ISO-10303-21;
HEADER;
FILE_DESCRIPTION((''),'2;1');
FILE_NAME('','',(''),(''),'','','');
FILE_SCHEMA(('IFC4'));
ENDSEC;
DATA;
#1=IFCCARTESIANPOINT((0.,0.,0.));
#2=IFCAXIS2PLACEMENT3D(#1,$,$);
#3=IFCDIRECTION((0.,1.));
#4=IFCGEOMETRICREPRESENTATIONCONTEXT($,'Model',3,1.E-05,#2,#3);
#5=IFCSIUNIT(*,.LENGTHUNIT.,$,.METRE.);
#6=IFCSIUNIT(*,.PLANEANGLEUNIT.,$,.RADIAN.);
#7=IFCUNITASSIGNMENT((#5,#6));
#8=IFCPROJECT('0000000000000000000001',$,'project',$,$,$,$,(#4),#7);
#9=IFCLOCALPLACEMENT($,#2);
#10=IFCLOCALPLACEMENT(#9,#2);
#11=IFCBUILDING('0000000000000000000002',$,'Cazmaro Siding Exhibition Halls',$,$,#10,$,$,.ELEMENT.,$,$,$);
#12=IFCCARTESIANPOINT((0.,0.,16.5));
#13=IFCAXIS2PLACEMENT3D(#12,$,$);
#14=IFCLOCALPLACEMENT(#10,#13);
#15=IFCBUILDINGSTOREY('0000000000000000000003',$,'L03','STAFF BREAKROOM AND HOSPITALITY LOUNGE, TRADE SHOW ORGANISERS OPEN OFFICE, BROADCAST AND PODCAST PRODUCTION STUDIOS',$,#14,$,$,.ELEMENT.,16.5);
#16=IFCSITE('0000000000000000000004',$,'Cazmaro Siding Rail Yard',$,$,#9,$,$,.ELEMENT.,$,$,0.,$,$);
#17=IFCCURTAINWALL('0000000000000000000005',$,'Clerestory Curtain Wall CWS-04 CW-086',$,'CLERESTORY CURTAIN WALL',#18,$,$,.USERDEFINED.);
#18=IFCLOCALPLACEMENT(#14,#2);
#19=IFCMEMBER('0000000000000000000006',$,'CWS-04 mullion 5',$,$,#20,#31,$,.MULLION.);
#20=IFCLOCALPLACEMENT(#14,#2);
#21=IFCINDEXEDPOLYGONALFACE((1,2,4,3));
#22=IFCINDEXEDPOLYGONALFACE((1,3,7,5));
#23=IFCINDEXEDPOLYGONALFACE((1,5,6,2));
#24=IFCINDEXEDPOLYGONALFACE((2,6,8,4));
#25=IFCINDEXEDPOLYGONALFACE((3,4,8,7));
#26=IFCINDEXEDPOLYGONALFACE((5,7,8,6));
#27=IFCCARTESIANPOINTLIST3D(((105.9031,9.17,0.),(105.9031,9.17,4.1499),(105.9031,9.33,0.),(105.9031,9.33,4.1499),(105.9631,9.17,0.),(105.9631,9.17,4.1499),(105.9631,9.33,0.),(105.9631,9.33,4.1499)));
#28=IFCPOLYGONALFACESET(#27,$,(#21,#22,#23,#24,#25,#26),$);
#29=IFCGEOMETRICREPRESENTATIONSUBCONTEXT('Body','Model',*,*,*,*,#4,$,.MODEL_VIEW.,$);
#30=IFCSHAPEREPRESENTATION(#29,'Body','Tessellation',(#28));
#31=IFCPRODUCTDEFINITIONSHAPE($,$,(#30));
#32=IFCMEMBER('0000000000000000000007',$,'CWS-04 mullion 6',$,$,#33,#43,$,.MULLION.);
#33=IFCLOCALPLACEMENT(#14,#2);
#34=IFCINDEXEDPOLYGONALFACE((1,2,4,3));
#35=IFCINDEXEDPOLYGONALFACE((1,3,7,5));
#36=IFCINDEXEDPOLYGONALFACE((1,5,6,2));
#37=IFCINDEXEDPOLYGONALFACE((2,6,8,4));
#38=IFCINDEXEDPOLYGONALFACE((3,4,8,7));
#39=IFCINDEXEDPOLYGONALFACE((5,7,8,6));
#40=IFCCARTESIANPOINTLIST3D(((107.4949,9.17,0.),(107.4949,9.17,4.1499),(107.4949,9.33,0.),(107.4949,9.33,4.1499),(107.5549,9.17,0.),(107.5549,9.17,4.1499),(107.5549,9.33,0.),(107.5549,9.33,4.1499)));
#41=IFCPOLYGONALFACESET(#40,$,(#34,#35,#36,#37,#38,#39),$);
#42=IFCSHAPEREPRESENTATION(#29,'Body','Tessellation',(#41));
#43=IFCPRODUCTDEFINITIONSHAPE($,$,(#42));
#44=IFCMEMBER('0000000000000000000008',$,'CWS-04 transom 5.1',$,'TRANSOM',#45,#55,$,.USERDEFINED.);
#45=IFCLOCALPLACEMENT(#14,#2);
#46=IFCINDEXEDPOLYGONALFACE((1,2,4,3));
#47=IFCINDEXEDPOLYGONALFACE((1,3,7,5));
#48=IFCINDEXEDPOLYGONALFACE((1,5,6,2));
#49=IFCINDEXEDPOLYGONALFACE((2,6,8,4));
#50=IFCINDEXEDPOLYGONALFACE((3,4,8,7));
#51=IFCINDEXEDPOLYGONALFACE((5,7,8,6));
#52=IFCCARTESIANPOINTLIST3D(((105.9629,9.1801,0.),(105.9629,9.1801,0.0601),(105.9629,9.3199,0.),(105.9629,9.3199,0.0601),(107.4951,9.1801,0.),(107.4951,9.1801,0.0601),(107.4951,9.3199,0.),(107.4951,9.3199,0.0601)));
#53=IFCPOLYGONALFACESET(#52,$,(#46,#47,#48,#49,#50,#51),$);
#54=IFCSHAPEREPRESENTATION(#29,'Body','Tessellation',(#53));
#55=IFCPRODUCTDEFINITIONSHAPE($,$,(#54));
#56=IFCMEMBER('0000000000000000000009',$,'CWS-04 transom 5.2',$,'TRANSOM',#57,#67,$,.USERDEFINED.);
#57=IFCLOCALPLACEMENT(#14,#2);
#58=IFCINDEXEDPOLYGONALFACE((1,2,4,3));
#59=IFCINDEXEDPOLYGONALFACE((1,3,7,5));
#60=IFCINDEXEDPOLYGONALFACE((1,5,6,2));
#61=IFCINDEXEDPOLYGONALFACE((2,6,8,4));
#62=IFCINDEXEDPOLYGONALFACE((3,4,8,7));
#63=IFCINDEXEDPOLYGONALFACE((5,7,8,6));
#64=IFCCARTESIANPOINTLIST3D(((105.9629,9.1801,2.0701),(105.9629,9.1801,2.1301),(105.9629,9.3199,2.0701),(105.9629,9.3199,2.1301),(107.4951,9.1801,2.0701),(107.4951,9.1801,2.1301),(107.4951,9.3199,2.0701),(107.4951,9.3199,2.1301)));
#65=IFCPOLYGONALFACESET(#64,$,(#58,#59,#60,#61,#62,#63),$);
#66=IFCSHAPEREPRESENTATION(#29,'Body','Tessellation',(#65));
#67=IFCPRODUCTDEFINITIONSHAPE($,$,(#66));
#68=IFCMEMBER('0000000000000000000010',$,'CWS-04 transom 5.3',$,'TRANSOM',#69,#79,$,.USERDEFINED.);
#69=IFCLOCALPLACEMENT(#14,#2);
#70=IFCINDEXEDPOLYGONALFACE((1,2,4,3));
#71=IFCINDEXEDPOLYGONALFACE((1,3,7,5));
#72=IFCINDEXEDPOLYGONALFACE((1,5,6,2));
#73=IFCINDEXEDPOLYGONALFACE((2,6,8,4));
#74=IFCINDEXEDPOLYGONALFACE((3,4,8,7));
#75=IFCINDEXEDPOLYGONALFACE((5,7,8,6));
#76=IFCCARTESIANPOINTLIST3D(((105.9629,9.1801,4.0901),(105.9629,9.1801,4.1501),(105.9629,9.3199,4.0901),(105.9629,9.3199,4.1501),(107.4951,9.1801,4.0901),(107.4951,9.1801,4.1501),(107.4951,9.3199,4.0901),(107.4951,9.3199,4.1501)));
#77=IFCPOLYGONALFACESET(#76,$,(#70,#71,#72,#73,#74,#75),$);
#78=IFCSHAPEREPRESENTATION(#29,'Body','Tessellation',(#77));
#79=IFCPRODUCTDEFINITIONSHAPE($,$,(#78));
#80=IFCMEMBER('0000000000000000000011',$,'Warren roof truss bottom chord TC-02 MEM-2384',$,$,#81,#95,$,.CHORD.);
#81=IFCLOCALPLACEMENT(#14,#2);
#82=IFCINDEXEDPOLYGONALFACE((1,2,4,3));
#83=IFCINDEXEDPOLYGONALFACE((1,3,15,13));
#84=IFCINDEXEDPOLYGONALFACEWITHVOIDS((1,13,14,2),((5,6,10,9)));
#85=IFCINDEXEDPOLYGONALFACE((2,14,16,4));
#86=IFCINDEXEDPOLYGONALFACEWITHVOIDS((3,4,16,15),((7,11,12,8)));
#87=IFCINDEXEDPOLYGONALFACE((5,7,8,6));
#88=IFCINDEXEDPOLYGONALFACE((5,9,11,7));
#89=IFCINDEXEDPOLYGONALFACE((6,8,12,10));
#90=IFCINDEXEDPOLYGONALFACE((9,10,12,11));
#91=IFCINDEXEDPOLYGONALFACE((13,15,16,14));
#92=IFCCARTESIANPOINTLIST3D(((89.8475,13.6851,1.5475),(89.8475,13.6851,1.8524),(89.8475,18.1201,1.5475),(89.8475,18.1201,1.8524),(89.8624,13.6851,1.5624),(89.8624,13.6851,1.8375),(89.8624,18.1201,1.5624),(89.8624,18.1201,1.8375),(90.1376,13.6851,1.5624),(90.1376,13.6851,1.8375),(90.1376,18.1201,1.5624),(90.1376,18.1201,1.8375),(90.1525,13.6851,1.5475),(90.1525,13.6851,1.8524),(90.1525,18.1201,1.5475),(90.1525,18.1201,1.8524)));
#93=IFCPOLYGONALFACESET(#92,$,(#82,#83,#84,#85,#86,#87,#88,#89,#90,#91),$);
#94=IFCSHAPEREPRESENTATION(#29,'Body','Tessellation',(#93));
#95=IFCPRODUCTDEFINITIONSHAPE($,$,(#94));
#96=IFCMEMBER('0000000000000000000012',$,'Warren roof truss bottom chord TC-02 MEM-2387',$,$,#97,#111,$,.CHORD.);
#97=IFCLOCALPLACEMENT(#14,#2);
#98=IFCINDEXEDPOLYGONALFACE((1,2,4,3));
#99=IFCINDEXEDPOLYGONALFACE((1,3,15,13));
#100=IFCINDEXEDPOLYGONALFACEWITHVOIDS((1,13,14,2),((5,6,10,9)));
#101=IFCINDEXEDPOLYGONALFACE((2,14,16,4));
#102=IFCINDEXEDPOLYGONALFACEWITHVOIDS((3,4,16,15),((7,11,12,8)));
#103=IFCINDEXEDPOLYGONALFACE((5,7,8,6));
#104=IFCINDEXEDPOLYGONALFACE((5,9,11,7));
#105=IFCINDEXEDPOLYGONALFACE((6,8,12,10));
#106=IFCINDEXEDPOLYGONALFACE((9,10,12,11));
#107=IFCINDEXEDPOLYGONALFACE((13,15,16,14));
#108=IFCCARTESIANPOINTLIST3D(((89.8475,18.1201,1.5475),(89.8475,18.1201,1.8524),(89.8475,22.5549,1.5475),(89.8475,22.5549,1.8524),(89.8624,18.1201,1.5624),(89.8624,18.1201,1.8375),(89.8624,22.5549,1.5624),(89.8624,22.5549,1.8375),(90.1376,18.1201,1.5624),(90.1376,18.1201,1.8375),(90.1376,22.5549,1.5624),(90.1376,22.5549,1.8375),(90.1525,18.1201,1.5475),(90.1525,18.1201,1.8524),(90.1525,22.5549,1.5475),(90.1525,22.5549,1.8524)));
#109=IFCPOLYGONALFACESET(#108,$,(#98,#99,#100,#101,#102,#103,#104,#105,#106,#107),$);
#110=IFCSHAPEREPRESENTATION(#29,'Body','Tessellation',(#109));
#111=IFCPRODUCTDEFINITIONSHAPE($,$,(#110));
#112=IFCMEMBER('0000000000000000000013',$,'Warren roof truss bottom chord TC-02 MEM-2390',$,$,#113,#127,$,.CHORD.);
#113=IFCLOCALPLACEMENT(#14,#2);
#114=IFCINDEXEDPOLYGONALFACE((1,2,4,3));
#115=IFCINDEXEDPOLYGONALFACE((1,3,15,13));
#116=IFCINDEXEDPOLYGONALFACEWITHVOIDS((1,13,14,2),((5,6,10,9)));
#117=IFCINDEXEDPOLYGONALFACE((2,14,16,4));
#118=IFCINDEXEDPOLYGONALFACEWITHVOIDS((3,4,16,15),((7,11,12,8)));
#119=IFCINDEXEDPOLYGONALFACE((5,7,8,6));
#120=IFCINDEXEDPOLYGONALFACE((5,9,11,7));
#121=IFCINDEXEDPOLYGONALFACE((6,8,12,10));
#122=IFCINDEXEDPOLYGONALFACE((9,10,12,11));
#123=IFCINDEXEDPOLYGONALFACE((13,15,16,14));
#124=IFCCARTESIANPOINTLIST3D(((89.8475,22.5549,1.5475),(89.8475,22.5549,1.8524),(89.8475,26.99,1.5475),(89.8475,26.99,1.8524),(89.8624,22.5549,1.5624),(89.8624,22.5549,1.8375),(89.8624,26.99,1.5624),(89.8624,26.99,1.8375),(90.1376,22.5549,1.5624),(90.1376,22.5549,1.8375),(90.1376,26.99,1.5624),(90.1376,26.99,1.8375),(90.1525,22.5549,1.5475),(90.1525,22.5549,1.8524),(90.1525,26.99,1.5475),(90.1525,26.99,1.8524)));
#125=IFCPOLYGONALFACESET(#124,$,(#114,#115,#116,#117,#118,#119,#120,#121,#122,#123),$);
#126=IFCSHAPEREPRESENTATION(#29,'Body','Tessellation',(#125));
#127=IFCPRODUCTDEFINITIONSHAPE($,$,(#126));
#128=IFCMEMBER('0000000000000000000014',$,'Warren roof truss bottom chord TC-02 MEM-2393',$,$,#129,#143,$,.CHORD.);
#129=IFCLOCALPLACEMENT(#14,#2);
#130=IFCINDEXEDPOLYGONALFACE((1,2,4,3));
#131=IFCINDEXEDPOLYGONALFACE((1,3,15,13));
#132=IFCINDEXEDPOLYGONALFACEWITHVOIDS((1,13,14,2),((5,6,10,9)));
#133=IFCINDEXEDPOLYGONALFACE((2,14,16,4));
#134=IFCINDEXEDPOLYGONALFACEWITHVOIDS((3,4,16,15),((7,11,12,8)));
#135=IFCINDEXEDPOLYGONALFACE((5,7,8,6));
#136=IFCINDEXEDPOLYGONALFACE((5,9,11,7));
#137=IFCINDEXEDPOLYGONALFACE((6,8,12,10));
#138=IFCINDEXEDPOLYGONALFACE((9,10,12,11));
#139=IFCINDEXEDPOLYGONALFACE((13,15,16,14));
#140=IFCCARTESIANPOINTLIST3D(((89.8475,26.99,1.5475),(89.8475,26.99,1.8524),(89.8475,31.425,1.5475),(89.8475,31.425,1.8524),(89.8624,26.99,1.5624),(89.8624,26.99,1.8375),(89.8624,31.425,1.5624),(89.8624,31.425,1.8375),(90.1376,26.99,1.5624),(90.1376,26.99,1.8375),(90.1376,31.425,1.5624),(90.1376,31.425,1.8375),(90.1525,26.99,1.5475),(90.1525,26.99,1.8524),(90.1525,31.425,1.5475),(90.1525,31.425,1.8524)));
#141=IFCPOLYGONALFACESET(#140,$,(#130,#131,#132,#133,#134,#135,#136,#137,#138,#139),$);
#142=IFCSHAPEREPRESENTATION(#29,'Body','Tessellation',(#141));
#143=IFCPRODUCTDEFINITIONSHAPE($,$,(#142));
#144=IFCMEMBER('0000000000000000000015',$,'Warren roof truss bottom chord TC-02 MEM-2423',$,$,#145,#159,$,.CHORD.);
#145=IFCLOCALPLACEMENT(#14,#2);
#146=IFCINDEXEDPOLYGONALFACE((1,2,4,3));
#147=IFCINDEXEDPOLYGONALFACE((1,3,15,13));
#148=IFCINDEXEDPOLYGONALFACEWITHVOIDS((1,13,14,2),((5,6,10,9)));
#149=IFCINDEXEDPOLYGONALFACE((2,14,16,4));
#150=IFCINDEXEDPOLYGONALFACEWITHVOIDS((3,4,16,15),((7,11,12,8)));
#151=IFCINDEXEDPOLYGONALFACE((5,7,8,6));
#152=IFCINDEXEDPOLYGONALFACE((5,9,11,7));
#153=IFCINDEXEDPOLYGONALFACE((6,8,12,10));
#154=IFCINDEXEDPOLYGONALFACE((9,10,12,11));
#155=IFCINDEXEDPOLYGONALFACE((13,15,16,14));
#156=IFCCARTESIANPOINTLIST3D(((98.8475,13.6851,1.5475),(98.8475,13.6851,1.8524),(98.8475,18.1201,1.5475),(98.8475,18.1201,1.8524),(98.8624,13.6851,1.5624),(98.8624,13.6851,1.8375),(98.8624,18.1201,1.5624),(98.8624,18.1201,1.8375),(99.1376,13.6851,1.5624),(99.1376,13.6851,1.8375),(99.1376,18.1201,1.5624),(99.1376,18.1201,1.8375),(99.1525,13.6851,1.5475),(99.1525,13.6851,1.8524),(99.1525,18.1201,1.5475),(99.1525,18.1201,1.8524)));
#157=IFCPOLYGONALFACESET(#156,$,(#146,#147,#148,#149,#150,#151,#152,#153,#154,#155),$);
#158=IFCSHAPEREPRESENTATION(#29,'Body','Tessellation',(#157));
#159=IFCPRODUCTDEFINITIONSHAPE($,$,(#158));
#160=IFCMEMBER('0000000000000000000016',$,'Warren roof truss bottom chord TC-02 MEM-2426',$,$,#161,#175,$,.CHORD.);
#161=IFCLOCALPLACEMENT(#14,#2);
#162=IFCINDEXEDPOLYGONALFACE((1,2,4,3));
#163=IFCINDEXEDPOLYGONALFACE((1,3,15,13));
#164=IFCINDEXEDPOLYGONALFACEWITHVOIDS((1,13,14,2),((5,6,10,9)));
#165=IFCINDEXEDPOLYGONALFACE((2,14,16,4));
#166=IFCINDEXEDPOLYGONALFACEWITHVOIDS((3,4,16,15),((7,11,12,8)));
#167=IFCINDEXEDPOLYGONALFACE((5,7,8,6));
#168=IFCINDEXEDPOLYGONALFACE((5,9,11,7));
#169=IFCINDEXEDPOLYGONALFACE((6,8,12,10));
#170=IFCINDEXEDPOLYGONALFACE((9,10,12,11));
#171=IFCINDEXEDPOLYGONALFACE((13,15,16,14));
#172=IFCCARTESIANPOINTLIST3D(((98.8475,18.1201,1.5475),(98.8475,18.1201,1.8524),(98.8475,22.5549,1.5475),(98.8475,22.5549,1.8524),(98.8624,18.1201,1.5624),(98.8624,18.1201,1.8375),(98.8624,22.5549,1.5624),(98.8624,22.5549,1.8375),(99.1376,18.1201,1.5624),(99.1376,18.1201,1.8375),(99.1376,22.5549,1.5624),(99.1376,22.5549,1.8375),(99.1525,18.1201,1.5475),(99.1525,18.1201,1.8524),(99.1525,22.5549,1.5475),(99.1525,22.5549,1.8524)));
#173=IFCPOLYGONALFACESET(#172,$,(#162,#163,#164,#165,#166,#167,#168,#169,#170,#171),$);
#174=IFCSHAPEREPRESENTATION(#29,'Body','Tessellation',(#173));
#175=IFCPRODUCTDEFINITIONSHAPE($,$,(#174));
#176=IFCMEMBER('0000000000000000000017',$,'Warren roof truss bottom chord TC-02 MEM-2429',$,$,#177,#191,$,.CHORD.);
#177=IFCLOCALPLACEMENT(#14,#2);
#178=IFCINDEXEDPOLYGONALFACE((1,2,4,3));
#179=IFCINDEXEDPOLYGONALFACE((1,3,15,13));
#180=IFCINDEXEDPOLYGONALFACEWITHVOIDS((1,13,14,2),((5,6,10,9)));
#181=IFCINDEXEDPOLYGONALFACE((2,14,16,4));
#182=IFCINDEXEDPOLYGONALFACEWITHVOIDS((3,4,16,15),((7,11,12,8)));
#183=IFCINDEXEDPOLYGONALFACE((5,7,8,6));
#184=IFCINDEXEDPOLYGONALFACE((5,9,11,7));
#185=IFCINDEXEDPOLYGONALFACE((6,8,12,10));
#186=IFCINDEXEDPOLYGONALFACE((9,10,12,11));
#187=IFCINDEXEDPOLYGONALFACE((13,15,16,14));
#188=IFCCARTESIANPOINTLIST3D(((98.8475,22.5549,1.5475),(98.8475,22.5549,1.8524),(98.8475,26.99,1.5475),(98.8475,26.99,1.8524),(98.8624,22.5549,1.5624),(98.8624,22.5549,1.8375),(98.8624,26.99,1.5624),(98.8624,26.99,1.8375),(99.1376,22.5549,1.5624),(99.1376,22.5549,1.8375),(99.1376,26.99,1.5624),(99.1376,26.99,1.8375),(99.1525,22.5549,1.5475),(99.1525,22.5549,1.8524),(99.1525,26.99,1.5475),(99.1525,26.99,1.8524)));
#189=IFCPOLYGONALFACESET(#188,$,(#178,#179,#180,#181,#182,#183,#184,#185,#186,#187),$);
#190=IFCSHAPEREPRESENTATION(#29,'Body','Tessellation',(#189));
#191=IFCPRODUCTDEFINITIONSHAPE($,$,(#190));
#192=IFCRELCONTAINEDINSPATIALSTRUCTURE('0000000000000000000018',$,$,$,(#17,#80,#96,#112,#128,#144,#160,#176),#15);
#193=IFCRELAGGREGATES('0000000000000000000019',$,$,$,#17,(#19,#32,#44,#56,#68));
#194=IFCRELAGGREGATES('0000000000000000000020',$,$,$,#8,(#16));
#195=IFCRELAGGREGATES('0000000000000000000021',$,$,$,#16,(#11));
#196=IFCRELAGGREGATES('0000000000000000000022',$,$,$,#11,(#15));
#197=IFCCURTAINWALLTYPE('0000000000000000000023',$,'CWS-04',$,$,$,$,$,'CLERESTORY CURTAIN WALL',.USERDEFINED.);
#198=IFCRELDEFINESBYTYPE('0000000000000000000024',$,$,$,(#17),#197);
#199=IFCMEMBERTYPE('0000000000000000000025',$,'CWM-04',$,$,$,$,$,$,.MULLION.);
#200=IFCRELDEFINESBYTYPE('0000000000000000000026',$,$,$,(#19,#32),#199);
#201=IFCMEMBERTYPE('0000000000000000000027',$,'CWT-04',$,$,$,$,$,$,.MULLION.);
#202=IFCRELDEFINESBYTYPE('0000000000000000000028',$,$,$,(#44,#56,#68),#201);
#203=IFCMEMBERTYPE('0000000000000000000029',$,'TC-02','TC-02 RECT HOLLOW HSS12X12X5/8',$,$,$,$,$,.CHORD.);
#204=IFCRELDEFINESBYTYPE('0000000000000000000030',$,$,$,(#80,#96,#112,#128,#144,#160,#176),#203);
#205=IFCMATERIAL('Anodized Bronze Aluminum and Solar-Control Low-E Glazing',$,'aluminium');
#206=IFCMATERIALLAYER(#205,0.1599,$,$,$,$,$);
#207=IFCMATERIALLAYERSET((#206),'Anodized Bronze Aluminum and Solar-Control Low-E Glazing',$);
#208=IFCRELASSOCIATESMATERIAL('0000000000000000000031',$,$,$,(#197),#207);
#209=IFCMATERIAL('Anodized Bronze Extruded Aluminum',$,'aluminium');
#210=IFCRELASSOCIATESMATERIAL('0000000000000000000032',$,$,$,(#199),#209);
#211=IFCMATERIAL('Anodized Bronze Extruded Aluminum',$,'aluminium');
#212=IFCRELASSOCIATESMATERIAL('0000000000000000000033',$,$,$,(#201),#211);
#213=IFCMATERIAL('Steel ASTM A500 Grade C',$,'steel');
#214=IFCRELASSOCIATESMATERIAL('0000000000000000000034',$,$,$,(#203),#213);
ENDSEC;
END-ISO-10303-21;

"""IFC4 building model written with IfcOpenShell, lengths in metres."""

from ifc_helpers import new_model, si_unit, direction, frame, origin, origin_2d, place, context, subcontext, project, spatial, rectangle, hollow_rectangle, extrude, material, layer, layer_set, material_profile, profile_set, type_object, element, aggregate, save


model = new_model("IFC4")

# Units and contexts
model_context = context("Model", 3, precision=1e-05, world=origin(), true_north=direction((0.0, 1.0)))
body_context = subcontext(model_context, "Body", "Model", "MODEL_VIEW")
ifc_project = project(units=[si_unit("LENGTHUNIT", "METRE"), si_unit("PLANEANGLEUNIT", "RADIAN")], contexts=[model_context])

# Site, building, storey
site_placement = place(None, origin())
site = spatial("IfcSite", under=ifc_project, at=site_placement, Name="Cazmaro Siding Rail Yard", CompositionType="ELEMENT", RefElevation=0.0)
building_placement = place(site_placement, origin())
building = spatial("IfcBuilding", under=site, at=building_placement, Name="Cazmaro Siding Exhibition Halls", CompositionType="ELEMENT")
storey_placement = place(building_placement, frame((0.0, 0.0, 16.5)))
storey = spatial("IfcBuildingStorey", under=building, at=storey_placement, Name="L03", Description="STAFF BREAKROOM AND HOSPITALITY LOUNGE, TRADE SHOW ORGANISERS OPEN OFFICE, BROADCAST AND PODCAST PRODUCTION STUDIOS", CompositionType="ELEMENT", Elevation=16.5)

# Curtain wall, members
ifc_material_1 = material(Name="Anodized Bronze Aluminum and Solar-Control Low-E Glazing", Category="aluminium")
ifc_layer_1 = layer(ifc_material_1, 0.1599)
ifc_layer_set_1 = layer_set([ifc_layer_1], Name="Anodized Bronze Aluminum and Solar-Control Low-E Glazing")
curtain_wall_type = type_object("IfcCurtainWallType", Name="CWS-04", ElementType="CLERESTORY CURTAIN WALL", PredefinedType="USERDEFINED", material=ifc_layer_set_1)
curtain_wall_placement = place(storey_placement, origin())
curtain_wall = element("IfcCurtainWall", 1, at=curtain_wall_placement, inside=storey, type_object=curtain_wall_type, Name="Clerestory Curtain Wall CWS-04 CW-086", ObjectType="CLERESTORY CURTAIN WALL", PredefinedType="USERDEFINED")
ifc_material_2 = material(Name="Anodized Bronze Extruded Aluminum", Category="aluminium")
ifc_material_profile_1 = material_profile(ifc_material_2, rectangle(XDim=0.1599, YDim=0.0601, at=origin_2d()), Name="CWM-04")
ifc_profile_set_1 = profile_set([ifc_material_profile_1], Name="Anodized Bronze Extruded Aluminum")
member_type_1 = type_object("IfcMemberType", Name="CWM-04", PredefinedType="MULLION", material=ifc_profile_set_1)
member_1_placement = place(storey_placement, frame((105.9331, 9.25, 0.0), z_axis=(0.0, 0.0, 1.0), x_axis=(0.0, 1.0, 0.0)))
member_1 = element("IfcMember", 2, at=member_1_placement, type_object=member_type_1, Name="CWS-04 mullion 5", PredefinedType="MULLION", context=body_context, shape_type="SweptSolid", body=[
    extrude(rectangle(XDim=0.1599, YDim=0.0601, at=origin_2d()), origin(), (0.0, 0.0, 1.0), 4.1499),
])
member_2_placement = place(storey_placement, frame((107.5249, 9.25, 0.0), z_axis=(0.0, 0.0, 1.0), x_axis=(0.0, 1.0, 0.0)))
member_2 = element("IfcMember", 3, at=member_2_placement, type_object=member_type_1, Name="CWS-04 mullion 6", PredefinedType="MULLION", context=body_context, shape_type="SweptSolid", body=[
    extrude(rectangle(XDim=0.1599, YDim=0.0601, at=origin_2d()), origin(), (0.0, 0.0, 1.0), 4.1499),
])
ifc_material_3 = material(Name="Anodized Bronze Extruded Aluminum", Category="aluminium")
ifc_material_profile_2 = material_profile(ifc_material_3, rectangle(XDim=0.1399, YDim=0.0601, at=origin_2d()), Name="CWT-04")
ifc_profile_set_2 = profile_set([ifc_material_profile_2], Name="Anodized Bronze Extruded Aluminum")
member_type_2 = type_object("IfcMemberType", Name="CWT-04", PredefinedType="MULLION", material=ifc_profile_set_2)
member_3_placement = place(storey_placement, frame((105.9629, 9.25, 0.03), z_axis=(1.0, 0.0, 0.0), x_axis=(0.0, 1.0, 0.0)))
member_3 = element("IfcMember", 4, at=member_3_placement, type_object=member_type_2, Name="CWS-04 transom 5.1", ObjectType="TRANSOM", PredefinedType="USERDEFINED", context=body_context, shape_type="SweptSolid", body=[
    extrude(rectangle(XDim=0.1399, YDim=0.0601, at=origin_2d()), origin(), (0.0, 0.0, 1.0), 1.5322),
])
member_4_placement = place(storey_placement, frame((105.9629, 9.25, 2.1001), z_axis=(1.0, 0.0, 0.0), x_axis=(0.0, 1.0, 0.0)))
member_4 = element("IfcMember", 5, at=member_4_placement, type_object=member_type_2, Name="CWS-04 transom 5.2", ObjectType="TRANSOM", PredefinedType="USERDEFINED", context=body_context, shape_type="SweptSolid", body=[
    extrude(rectangle(XDim=0.1399, YDim=0.0601, at=origin_2d()), origin(), (0.0, 0.0, 1.0), 1.5322),
])
member_5_placement = place(storey_placement, frame((105.9629, 9.25, 4.1201), z_axis=(1.0, 0.0, 0.0), x_axis=(0.0, 1.0, 0.0)))
member_5 = element("IfcMember", 6, at=member_5_placement, type_object=member_type_2, Name="CWS-04 transom 5.3", ObjectType="TRANSOM", PredefinedType="USERDEFINED", context=body_context, shape_type="SweptSolid", body=[
    extrude(rectangle(XDim=0.1399, YDim=0.0601, at=origin_2d()), origin(), (0.0, 0.0, 1.0), 1.5322),
])

# Members
ifc_material_4 = material(Name="Steel ASTM A500 Grade C", Category="steel")
ifc_material_profile_3 = material_profile(ifc_material_4, hollow_rectangle(XDim=0.3049, YDim=0.3049, WallThickness=0.0149, at=origin_2d()), Name="HSS12X12X5/8")
ifc_profile_set_3 = profile_set([ifc_material_profile_3], Name="Steel ASTM A500 Grade C")
member_type_3 = type_object("IfcMemberType", Name="TC-02", Description="TC-02 RECT HOLLOW HSS12X12X5/8", PredefinedType="CHORD", material=ifc_profile_set_3)
member_6_placement = place(storey_placement, frame((90.0, 13.6851, 1.7), z_axis=(0.0, 1.0, 0.0), x_axis=(-1.0, 0.0, 0.0)))
element("IfcMember", 7, at=member_6_placement, inside=storey, type_object=member_type_3, Name="Warren roof truss bottom chord TC-02 MEM-2384", PredefinedType="CHORD", context=body_context, shape_type="SweptSolid", body=[
    extrude(hollow_rectangle(XDim=0.3049, YDim=0.3049, WallThickness=0.0149, at=origin_2d()), origin(), (0.0, 0.0, 1.0), 4.4351),
])
member_7_placement = place(storey_placement, frame((90.0, 18.1201, 1.7), z_axis=(0.0, 1.0, 0.0), x_axis=(-1.0, 0.0, 0.0)))
element("IfcMember", 8, at=member_7_placement, inside=storey, type_object=member_type_3, Name="Warren roof truss bottom chord TC-02 MEM-2387", PredefinedType="CHORD", context=body_context, shape_type="SweptSolid", body=[
    extrude(hollow_rectangle(XDim=0.3049, YDim=0.3049, WallThickness=0.0149, at=origin_2d()), origin(), (0.0, 0.0, 1.0), 4.4348),
])
for number, where, z_axis, x_axis, name in (
    (9, (90.0, 22.5549, 1.7), (0.0, 1.0, 0.0), (-1.0, 0.0, 0.0), "Warren roof truss bottom chord TC-02 MEM-2390"),
    (10, (90.0, 26.99, 1.7), (0.0, 1.0, 0.0), (-1.0, 0.0, 0.0), "Warren roof truss bottom chord TC-02 MEM-2393"),
    (11, (99.0, 13.6851, 1.7), (0.0, 1.0, 0.0), (-1.0, 0.0, 0.0), "Warren roof truss bottom chord TC-02 MEM-2423"),
):
    element("IfcMember", number, at=place(storey_placement, frame(where, z_axis=z_axis, x_axis=x_axis)), inside=storey, type_object=member_type_3, Name=name, PredefinedType="CHORD", context=body_context, shape_type="SweptSolid", body=[
        extrude(hollow_rectangle(XDim=0.3049, YDim=0.3049, WallThickness=0.0149, at=origin_2d()), origin(), (0.0, 0.0, 1.0), 4.4351),
    ])
member_8_placement = place(storey_placement, frame((99.0, 18.1201, 1.7), z_axis=(0.0, 1.0, 0.0), x_axis=(-1.0, 0.0, 0.0)))
element("IfcMember", 12, at=member_8_placement, inside=storey, type_object=member_type_3, Name="Warren roof truss bottom chord TC-02 MEM-2426", PredefinedType="CHORD", context=body_context, shape_type="SweptSolid", body=[
    extrude(hollow_rectangle(XDim=0.3049, YDim=0.3049, WallThickness=0.0149, at=origin_2d()), origin(), (0.0, 0.0, 1.0), 4.4348),
])
member_9_placement = place(storey_placement, frame((99.0, 22.5549, 1.7), z_axis=(0.0, 1.0, 0.0), x_axis=(-1.0, 0.0, 0.0)))
element("IfcMember", 13, at=member_9_placement, inside=storey, type_object=member_type_3, Name="Warren roof truss bottom chord TC-02 MEM-2429", PredefinedType="CHORD", context=body_context, shape_type="SweptSolid", body=[
    extrude(hollow_rectangle(XDim=0.3049, YDim=0.3049, WallThickness=0.0149, at=origin_2d()), origin(), (0.0, 0.0, 1.0), 4.4351),
])

aggregate(curtain_wall, [member_1, member_2, member_3, member_4, member_5])

save(model, "model.ifc")
